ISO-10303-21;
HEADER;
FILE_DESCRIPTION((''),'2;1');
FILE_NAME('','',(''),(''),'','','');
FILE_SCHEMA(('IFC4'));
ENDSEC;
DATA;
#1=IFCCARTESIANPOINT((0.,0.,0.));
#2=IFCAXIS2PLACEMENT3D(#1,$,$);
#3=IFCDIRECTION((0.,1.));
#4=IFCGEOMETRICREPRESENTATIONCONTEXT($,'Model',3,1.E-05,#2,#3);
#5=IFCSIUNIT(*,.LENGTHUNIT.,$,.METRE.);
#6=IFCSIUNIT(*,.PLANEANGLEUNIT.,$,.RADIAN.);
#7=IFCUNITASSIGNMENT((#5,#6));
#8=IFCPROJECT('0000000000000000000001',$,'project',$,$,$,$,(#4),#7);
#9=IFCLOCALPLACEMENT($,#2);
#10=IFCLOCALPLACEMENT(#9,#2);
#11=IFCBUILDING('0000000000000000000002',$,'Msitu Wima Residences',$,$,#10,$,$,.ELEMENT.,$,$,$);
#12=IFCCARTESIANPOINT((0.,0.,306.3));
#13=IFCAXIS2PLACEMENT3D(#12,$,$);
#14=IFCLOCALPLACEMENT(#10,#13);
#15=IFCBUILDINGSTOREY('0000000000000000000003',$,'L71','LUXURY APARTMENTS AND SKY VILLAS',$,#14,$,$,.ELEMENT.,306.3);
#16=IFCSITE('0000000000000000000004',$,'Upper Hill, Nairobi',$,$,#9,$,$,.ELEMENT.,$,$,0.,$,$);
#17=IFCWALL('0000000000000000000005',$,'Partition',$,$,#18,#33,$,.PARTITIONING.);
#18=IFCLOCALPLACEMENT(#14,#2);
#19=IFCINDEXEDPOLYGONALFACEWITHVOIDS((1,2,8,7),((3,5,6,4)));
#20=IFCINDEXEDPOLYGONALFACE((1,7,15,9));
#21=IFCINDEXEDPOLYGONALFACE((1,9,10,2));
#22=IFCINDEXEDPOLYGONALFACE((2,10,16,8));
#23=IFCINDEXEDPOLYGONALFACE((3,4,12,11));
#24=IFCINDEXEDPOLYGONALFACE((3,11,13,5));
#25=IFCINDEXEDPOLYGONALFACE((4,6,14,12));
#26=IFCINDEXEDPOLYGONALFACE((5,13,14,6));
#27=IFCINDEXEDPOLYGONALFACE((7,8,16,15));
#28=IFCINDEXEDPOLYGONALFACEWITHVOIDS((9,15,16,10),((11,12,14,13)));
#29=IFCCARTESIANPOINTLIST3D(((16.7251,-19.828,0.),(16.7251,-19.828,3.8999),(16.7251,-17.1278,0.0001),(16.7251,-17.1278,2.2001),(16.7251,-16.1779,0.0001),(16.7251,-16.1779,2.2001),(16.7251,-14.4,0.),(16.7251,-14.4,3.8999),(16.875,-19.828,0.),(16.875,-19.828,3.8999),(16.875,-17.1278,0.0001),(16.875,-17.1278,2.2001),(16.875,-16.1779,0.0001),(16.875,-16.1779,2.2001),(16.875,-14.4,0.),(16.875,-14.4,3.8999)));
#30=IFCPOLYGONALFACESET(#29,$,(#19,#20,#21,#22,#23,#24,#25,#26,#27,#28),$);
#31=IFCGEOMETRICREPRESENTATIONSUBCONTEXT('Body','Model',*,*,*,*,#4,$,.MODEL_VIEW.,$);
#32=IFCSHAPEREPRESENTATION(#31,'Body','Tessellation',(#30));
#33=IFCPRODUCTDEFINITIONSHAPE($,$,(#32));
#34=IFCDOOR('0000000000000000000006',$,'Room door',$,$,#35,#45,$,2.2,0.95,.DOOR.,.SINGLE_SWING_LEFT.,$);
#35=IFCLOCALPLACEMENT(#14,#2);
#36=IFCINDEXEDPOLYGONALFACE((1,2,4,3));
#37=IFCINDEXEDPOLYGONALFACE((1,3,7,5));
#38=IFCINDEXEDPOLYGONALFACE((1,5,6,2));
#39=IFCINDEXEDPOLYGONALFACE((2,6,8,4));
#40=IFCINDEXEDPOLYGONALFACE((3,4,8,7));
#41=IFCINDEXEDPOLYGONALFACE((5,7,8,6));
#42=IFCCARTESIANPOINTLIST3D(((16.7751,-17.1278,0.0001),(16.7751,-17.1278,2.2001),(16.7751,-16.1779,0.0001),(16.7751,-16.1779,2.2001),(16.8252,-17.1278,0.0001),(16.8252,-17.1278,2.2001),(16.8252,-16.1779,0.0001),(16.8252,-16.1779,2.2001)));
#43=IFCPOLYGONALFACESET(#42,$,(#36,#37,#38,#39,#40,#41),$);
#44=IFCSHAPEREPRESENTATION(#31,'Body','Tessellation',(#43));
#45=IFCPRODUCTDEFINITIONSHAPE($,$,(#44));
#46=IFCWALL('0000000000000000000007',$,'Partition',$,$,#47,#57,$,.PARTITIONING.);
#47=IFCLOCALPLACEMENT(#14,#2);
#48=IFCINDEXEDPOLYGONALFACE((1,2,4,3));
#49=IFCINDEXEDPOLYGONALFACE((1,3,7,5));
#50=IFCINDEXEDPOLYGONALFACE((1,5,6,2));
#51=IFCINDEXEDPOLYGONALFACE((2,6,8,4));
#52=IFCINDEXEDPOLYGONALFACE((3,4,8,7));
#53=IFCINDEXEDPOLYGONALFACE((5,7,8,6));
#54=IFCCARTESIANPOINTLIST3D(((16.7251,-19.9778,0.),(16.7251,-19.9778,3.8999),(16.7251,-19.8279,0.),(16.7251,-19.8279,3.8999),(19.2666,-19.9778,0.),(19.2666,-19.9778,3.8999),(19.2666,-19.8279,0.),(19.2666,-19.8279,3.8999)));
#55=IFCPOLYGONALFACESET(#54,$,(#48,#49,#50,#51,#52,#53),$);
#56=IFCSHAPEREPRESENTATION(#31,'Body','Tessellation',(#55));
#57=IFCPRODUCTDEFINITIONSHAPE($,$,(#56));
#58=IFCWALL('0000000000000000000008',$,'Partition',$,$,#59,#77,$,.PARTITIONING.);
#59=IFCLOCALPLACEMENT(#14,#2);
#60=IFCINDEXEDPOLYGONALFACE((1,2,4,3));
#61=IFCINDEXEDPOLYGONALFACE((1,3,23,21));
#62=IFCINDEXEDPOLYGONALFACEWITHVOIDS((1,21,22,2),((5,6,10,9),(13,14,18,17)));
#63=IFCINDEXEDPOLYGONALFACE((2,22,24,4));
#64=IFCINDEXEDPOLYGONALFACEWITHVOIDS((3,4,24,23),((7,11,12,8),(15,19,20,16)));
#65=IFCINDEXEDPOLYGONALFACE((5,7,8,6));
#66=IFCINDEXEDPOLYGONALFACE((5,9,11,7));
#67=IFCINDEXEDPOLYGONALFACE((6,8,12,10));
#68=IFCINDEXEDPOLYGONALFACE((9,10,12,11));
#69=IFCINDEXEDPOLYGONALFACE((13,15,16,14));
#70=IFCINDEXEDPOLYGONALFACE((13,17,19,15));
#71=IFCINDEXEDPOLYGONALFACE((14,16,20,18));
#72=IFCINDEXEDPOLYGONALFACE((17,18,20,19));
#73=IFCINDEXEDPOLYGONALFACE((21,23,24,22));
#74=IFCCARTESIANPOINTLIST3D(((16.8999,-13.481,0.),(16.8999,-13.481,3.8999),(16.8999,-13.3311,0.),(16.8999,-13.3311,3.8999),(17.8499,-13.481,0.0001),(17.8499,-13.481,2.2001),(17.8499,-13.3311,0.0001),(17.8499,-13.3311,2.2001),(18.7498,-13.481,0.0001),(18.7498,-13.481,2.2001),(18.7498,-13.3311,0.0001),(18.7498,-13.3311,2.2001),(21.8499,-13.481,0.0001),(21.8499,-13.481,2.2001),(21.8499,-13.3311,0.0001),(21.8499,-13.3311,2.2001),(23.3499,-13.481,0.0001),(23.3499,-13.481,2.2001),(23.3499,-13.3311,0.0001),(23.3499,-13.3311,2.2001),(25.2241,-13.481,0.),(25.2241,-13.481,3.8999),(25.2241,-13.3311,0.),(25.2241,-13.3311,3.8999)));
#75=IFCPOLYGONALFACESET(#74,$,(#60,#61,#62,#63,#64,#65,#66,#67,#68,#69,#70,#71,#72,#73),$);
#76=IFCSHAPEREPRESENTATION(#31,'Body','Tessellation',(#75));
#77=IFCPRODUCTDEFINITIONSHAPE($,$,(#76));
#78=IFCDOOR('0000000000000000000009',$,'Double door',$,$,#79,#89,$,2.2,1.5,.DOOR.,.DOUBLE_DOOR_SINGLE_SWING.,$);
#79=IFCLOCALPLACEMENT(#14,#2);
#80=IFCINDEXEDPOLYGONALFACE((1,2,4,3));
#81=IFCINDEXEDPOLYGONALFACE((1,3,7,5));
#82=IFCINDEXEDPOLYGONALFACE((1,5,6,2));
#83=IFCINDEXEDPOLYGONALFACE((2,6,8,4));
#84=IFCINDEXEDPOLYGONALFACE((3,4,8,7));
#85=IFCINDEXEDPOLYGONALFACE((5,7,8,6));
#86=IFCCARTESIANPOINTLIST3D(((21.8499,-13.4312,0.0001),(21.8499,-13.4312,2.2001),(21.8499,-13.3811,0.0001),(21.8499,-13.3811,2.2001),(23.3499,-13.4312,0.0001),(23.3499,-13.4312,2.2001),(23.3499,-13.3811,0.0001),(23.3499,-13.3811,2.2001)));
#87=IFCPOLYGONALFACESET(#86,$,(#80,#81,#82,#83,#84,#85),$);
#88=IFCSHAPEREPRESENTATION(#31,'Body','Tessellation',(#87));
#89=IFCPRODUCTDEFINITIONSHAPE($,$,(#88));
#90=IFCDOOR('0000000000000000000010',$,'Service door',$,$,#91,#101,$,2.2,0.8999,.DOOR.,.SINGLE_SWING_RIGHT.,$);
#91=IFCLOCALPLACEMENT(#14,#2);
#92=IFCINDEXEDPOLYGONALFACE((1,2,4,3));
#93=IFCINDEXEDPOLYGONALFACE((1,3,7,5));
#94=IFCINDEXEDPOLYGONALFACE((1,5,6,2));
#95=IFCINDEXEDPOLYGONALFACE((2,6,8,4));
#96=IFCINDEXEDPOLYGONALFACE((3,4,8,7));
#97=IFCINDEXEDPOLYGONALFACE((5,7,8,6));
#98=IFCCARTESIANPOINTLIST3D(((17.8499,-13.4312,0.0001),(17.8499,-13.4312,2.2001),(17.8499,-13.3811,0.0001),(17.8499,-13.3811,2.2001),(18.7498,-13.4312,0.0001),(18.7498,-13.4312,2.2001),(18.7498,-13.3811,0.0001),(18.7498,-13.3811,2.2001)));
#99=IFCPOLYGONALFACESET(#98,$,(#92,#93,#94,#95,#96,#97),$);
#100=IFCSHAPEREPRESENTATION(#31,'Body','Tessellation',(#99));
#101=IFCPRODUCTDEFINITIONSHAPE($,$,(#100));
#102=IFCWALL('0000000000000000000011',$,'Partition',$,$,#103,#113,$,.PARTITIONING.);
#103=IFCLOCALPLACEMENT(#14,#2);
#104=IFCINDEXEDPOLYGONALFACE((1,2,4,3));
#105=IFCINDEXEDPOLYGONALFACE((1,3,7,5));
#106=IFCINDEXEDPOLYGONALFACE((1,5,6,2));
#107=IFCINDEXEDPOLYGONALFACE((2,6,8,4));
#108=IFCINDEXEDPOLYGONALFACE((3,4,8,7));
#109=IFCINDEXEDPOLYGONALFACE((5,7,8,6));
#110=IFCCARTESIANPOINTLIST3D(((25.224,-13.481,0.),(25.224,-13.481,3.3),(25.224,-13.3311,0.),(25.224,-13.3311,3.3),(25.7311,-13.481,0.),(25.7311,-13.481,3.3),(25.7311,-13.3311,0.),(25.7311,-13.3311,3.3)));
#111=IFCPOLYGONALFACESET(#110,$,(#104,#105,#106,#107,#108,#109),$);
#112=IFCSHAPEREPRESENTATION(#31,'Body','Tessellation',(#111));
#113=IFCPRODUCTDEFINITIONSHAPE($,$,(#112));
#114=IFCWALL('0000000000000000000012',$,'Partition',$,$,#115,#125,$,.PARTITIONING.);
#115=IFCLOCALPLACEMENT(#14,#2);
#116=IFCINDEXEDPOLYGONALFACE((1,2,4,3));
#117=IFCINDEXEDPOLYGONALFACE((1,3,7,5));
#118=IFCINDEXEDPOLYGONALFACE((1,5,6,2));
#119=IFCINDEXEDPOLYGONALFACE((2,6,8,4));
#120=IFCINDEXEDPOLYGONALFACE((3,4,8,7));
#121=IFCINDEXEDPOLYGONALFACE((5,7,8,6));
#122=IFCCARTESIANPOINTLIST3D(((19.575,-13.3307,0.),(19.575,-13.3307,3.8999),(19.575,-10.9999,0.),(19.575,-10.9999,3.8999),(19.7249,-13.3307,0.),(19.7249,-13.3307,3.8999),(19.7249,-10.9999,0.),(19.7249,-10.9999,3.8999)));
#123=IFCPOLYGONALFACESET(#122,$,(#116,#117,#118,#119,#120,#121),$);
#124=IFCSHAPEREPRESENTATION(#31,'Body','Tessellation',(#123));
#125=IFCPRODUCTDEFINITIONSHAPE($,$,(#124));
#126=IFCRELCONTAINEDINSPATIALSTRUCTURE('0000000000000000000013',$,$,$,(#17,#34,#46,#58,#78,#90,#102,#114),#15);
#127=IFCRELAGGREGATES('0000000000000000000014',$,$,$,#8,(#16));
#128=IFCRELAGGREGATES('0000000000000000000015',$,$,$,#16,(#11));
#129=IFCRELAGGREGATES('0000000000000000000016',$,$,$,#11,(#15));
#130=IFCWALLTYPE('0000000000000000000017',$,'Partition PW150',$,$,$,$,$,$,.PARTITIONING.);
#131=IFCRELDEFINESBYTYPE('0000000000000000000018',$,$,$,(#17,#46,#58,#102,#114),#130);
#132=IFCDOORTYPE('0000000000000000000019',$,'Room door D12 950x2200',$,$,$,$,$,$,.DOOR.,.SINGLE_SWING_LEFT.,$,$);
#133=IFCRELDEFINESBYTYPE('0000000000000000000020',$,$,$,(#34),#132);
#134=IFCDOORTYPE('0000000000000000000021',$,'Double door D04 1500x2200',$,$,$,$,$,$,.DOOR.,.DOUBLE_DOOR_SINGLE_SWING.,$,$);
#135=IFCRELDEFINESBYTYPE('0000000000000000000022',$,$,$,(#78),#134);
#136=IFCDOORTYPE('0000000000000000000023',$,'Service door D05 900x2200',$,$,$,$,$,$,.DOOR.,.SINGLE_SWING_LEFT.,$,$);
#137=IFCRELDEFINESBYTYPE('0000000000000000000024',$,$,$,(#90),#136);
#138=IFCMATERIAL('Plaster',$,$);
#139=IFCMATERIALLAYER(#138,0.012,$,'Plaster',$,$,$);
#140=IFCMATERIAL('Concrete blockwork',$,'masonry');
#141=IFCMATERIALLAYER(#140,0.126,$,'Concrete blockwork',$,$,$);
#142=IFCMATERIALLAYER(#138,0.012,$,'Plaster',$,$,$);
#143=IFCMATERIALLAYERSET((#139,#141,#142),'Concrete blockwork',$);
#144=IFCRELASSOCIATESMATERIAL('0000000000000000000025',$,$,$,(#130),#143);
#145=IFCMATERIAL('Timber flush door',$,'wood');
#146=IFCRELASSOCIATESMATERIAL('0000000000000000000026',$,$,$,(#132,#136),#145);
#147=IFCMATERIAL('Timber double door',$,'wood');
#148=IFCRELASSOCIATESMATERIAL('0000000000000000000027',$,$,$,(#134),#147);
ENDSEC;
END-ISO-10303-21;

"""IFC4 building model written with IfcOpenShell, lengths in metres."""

from ifc_helpers import new_model, si_unit, direction, frame, frame_2d, origin, place, context, subcontext, project, spatial, rectangle, extrude, material, layer, layer_set, type_object, element, fill, save


model = new_model("IFC4")

# Units and contexts
model_context = context("Model", 3, precision=1e-05, world=origin(), true_north=direction((0.0, 1.0)))
body_context = subcontext(model_context, "Body", "Model", "MODEL_VIEW")
ifc_project = project(units=[si_unit("LENGTHUNIT", "METRE"), si_unit("PLANEANGLEUNIT", "RADIAN")], contexts=[model_context])

# Site, building, storey
site_placement = place(None, origin())
site = spatial("IfcSite", under=ifc_project, at=site_placement, Name="Upper Hill, Nairobi", CompositionType="ELEMENT", RefElevation=0.0)
building_placement = place(site_placement, origin())
building = spatial("IfcBuilding", under=site, at=building_placement, Name="Msitu Wima Residences", CompositionType="ELEMENT")
storey_placement = place(building_placement, frame((0.0, 0.0, 306.3)))
storey = spatial("IfcBuildingStorey", under=building, at=storey_placement, Name="L71", Description="LUXURY APARTMENTS AND SKY VILLAS", CompositionType="ELEMENT", Elevation=306.3)

# Shared definitions
ifc_material_1 = material(Name="Plaster")
ifc_material_2 = material(Name="Concrete blockwork", Category="masonry")

# Wall, opening, door
ifc_layer_1 = layer(ifc_material_1, 0.012, Name="Plaster")
ifc_layer_2 = layer(ifc_material_2, 0.126, Name="Concrete blockwork")
ifc_layer_3 = layer(ifc_material_1, 0.012, Name="Plaster")
ifc_layer_set_1 = layer_set([ifc_layer_1, ifc_layer_2, ifc_layer_3], Name="Concrete blockwork")
wall_type_1 = type_object("IfcWallType", Name="Partition PW150", PredefinedType="PARTITIONING", material=ifc_layer_set_1)
wall_1_placement = place(storey_placement, frame((16.8, -19.8279, 0.0), z_axis=(0.0, 0.0, 1.0), x_axis=(0.0, 1.0, 0.0)))
wall_1 = element("IfcWall", 1, at=wall_1_placement, inside=storey, type_object=wall_type_1, Name="Partition", PredefinedType="PARTITIONING", context=body_context, shape_type="SweptSolid", body=[
    extrude(rectangle(XDim=5.428, YDim=0.1499, at=frame_2d((2.7139, 0.0))), origin(), (0.0, 0.0, 1.0), 3.8999),
])
opening_1_placement = place(wall_1_placement, frame((2.7, 0.0, 0.0)))
opening_1 = element("IfcOpeningElement", 2, at=opening_1_placement, cuts=wall_1, PredefinedType="OPENING", context=body_context, shape_type="SweptSolid", body=[
    extrude(rectangle(XDim=0.95, YDim=2.2, at=frame_2d((0.4751, 1.1001))), frame((0.0, 0.085, 0.0), z_axis=(0.0, -1.0, 0.0), x_axis=(1.0, 0.0, 0.0)), (0.0, 0.0, 1.0), 0.1699),
])
ifc_material_3 = material(Name="Timber flush door", Category="wood")
door_type_1 = type_object("IfcDoorType", Name="Room door D12 950x2200", OperationType="SINGLE_SWING_LEFT", PredefinedType="DOOR", material=ifc_material_3)
door_1_placement = place(opening_1_placement, origin())
door_1 = element("IfcDoor", 3, at=door_1_placement, inside=storey, type_object=door_type_1, Name="Room door", OperationType="SINGLE_SWING_LEFT", OverallHeight=2.2, OverallWidth=0.95, PredefinedType="DOOR", context=body_context, shape_type="SweptSolid", body=[
    extrude(rectangle(XDim=0.95, YDim=2.2, at=frame_2d((0.4751, 1.1001))), frame((0.0, 0.0249, 0.0), z_axis=(0.0, -1.0, 0.0), x_axis=(1.0, 0.0, 0.0)), (0.0, 0.0, 1.0), 0.05),
])
fill(opening_1, door_1)

# Wall
wall_2_placement = place(storey_placement, frame((16.7251, -19.9028, 0.0), z_axis=(0.0, 0.0, 1.0), x_axis=(1.0, 0.0, 0.0)))
element("IfcWall", 4, at=wall_2_placement, inside=storey, type_object=wall_type_1, Name="Partition", PredefinedType="PARTITIONING", context=body_context, shape_type="SweptSolid", body=[
    extrude(rectangle(XDim=2.5415, YDim=0.1499, at=frame_2d((1.2708, 0.0))), origin(), (0.0, 0.0, 1.0), 3.8999),
])

# Wall, openings, doors
wall_3_placement = place(storey_placement, frame((16.8999, -13.406, 0.0), z_axis=(0.0, 0.0, 1.0), x_axis=(1.0, 0.0, 0.0)))
wall_3 = element("IfcWall", 5, at=wall_3_placement, inside=storey, type_object=wall_type_1, Name="Partition", PredefinedType="PARTITIONING", context=body_context, shape_type="SweptSolid", body=[
    extrude(rectangle(XDim=8.3242, YDim=0.1499, at=frame_2d((4.1621, 0.0))), origin(), (0.0, 0.0, 1.0), 3.8999),
])
opening_2_placement = place(wall_3_placement, frame((4.95, 0.0, 0.0)))
opening_2 = element("IfcOpeningElement", 6, at=opening_2_placement, cuts=wall_3, PredefinedType="OPENING", context=body_context, shape_type="SweptSolid", body=[
    extrude(rectangle(XDim=1.5, YDim=2.2, at=frame_2d((0.75, 1.1001))), frame((0.0, 0.085, 0.0), z_axis=(0.0, -1.0, 0.0), x_axis=(1.0, 0.0, 0.0)), (0.0, 0.0, 1.0), 0.1699),
])
opening_3_placement = place(wall_3_placement, frame((0.95, 0.0, 0.0)))
opening_3 = element("IfcOpeningElement", 7, at=opening_3_placement, cuts=wall_3, PredefinedType="OPENING", context=body_context, shape_type="SweptSolid", body=[
    extrude(rectangle(XDim=0.8999, YDim=2.2, at=frame_2d((0.45, 1.1001))), frame((0.0, 0.085, 0.0), z_axis=(0.0, -1.0, 0.0), x_axis=(1.0, 0.0, 0.0)), (0.0, 0.0, 1.0), 0.1699),
])
ifc_material_4 = material(Name="Timber double door", Category="wood")
door_type_2 = type_object("IfcDoorType", Name="Double door D04 1500x2200", OperationType="DOUBLE_DOOR_SINGLE_SWING", PredefinedType="DOOR", material=ifc_material_4)
door_2_placement = place(opening_2_placement, origin())
door_2 = element("IfcDoor", 8, at=door_2_placement, inside=storey, type_object=door_type_2, Name="Double door", OperationType="DOUBLE_DOOR_SINGLE_SWING", OverallHeight=2.2, OverallWidth=1.5, PredefinedType="DOOR", context=body_context, shape_type="SweptSolid", body=[
    extrude(rectangle(XDim=1.5, YDim=2.2, at=frame_2d((0.75, 1.1001))), frame((0.0, 0.0249, 0.0), z_axis=(0.0, -1.0, 0.0), x_axis=(1.0, 0.0, 0.0)), (0.0, 0.0, 1.0), 0.05),
])
fill(opening_2, door_2)
door_type_3 = type_object("IfcDoorType", Name="Service door D05 900x2200", OperationType="SINGLE_SWING_LEFT", PredefinedType="DOOR", material=ifc_material_3)
door_3_placement = place(opening_3_placement, origin())
door_3 = element("IfcDoor", 9, at=door_3_placement, inside=storey, type_object=door_type_3, Name="Service door", OperationType="SINGLE_SWING_RIGHT", OverallHeight=2.2, OverallWidth=0.8999, PredefinedType="DOOR", context=body_context, shape_type="SweptSolid", body=[
    extrude(rectangle(XDim=0.8999, YDim=2.2, at=frame_2d((0.45, 1.1001))), frame((0.0, 0.0249, 0.0), z_axis=(0.0, -1.0, 0.0), x_axis=(1.0, 0.0, 0.0)), (0.0, 0.0, 1.0), 0.05),
])
fill(opening_3, door_3)

# Walls
wall_4_placement = place(storey_placement, frame((25.2241, -13.406, 0.0), z_axis=(0.0, 0.0, 1.0), x_axis=(1.0, 0.0, 0.0)))
element("IfcWall", 10, at=wall_4_placement, inside=storey, type_object=wall_type_1, Name="Partition", PredefinedType="PARTITIONING", context=body_context, shape_type="SweptSolid", body=[
    extrude(rectangle(XDim=0.5071, YDim=0.1499, at=frame_2d((0.2534, 0.0))), origin(), (0.0, 0.0, 1.0), 3.3),
])
wall_5_placement = place(storey_placement, frame((19.6499, -13.3308, 0.0), z_axis=(0.0, 0.0, 1.0), x_axis=(0.0, 1.0, 0.0)))
element("IfcWall", 11, at=wall_5_placement, inside=storey, type_object=wall_type_1, Name="Partition", PredefinedType="PARTITIONING", context=body_context, shape_type="SweptSolid", body=[
    extrude(rectangle(XDim=2.3308, YDim=0.1499, at=frame_2d((1.1655, 0.0))), origin(), (0.0, 0.0, 1.0), 3.8999),
])

save(model, "model.ifc")
